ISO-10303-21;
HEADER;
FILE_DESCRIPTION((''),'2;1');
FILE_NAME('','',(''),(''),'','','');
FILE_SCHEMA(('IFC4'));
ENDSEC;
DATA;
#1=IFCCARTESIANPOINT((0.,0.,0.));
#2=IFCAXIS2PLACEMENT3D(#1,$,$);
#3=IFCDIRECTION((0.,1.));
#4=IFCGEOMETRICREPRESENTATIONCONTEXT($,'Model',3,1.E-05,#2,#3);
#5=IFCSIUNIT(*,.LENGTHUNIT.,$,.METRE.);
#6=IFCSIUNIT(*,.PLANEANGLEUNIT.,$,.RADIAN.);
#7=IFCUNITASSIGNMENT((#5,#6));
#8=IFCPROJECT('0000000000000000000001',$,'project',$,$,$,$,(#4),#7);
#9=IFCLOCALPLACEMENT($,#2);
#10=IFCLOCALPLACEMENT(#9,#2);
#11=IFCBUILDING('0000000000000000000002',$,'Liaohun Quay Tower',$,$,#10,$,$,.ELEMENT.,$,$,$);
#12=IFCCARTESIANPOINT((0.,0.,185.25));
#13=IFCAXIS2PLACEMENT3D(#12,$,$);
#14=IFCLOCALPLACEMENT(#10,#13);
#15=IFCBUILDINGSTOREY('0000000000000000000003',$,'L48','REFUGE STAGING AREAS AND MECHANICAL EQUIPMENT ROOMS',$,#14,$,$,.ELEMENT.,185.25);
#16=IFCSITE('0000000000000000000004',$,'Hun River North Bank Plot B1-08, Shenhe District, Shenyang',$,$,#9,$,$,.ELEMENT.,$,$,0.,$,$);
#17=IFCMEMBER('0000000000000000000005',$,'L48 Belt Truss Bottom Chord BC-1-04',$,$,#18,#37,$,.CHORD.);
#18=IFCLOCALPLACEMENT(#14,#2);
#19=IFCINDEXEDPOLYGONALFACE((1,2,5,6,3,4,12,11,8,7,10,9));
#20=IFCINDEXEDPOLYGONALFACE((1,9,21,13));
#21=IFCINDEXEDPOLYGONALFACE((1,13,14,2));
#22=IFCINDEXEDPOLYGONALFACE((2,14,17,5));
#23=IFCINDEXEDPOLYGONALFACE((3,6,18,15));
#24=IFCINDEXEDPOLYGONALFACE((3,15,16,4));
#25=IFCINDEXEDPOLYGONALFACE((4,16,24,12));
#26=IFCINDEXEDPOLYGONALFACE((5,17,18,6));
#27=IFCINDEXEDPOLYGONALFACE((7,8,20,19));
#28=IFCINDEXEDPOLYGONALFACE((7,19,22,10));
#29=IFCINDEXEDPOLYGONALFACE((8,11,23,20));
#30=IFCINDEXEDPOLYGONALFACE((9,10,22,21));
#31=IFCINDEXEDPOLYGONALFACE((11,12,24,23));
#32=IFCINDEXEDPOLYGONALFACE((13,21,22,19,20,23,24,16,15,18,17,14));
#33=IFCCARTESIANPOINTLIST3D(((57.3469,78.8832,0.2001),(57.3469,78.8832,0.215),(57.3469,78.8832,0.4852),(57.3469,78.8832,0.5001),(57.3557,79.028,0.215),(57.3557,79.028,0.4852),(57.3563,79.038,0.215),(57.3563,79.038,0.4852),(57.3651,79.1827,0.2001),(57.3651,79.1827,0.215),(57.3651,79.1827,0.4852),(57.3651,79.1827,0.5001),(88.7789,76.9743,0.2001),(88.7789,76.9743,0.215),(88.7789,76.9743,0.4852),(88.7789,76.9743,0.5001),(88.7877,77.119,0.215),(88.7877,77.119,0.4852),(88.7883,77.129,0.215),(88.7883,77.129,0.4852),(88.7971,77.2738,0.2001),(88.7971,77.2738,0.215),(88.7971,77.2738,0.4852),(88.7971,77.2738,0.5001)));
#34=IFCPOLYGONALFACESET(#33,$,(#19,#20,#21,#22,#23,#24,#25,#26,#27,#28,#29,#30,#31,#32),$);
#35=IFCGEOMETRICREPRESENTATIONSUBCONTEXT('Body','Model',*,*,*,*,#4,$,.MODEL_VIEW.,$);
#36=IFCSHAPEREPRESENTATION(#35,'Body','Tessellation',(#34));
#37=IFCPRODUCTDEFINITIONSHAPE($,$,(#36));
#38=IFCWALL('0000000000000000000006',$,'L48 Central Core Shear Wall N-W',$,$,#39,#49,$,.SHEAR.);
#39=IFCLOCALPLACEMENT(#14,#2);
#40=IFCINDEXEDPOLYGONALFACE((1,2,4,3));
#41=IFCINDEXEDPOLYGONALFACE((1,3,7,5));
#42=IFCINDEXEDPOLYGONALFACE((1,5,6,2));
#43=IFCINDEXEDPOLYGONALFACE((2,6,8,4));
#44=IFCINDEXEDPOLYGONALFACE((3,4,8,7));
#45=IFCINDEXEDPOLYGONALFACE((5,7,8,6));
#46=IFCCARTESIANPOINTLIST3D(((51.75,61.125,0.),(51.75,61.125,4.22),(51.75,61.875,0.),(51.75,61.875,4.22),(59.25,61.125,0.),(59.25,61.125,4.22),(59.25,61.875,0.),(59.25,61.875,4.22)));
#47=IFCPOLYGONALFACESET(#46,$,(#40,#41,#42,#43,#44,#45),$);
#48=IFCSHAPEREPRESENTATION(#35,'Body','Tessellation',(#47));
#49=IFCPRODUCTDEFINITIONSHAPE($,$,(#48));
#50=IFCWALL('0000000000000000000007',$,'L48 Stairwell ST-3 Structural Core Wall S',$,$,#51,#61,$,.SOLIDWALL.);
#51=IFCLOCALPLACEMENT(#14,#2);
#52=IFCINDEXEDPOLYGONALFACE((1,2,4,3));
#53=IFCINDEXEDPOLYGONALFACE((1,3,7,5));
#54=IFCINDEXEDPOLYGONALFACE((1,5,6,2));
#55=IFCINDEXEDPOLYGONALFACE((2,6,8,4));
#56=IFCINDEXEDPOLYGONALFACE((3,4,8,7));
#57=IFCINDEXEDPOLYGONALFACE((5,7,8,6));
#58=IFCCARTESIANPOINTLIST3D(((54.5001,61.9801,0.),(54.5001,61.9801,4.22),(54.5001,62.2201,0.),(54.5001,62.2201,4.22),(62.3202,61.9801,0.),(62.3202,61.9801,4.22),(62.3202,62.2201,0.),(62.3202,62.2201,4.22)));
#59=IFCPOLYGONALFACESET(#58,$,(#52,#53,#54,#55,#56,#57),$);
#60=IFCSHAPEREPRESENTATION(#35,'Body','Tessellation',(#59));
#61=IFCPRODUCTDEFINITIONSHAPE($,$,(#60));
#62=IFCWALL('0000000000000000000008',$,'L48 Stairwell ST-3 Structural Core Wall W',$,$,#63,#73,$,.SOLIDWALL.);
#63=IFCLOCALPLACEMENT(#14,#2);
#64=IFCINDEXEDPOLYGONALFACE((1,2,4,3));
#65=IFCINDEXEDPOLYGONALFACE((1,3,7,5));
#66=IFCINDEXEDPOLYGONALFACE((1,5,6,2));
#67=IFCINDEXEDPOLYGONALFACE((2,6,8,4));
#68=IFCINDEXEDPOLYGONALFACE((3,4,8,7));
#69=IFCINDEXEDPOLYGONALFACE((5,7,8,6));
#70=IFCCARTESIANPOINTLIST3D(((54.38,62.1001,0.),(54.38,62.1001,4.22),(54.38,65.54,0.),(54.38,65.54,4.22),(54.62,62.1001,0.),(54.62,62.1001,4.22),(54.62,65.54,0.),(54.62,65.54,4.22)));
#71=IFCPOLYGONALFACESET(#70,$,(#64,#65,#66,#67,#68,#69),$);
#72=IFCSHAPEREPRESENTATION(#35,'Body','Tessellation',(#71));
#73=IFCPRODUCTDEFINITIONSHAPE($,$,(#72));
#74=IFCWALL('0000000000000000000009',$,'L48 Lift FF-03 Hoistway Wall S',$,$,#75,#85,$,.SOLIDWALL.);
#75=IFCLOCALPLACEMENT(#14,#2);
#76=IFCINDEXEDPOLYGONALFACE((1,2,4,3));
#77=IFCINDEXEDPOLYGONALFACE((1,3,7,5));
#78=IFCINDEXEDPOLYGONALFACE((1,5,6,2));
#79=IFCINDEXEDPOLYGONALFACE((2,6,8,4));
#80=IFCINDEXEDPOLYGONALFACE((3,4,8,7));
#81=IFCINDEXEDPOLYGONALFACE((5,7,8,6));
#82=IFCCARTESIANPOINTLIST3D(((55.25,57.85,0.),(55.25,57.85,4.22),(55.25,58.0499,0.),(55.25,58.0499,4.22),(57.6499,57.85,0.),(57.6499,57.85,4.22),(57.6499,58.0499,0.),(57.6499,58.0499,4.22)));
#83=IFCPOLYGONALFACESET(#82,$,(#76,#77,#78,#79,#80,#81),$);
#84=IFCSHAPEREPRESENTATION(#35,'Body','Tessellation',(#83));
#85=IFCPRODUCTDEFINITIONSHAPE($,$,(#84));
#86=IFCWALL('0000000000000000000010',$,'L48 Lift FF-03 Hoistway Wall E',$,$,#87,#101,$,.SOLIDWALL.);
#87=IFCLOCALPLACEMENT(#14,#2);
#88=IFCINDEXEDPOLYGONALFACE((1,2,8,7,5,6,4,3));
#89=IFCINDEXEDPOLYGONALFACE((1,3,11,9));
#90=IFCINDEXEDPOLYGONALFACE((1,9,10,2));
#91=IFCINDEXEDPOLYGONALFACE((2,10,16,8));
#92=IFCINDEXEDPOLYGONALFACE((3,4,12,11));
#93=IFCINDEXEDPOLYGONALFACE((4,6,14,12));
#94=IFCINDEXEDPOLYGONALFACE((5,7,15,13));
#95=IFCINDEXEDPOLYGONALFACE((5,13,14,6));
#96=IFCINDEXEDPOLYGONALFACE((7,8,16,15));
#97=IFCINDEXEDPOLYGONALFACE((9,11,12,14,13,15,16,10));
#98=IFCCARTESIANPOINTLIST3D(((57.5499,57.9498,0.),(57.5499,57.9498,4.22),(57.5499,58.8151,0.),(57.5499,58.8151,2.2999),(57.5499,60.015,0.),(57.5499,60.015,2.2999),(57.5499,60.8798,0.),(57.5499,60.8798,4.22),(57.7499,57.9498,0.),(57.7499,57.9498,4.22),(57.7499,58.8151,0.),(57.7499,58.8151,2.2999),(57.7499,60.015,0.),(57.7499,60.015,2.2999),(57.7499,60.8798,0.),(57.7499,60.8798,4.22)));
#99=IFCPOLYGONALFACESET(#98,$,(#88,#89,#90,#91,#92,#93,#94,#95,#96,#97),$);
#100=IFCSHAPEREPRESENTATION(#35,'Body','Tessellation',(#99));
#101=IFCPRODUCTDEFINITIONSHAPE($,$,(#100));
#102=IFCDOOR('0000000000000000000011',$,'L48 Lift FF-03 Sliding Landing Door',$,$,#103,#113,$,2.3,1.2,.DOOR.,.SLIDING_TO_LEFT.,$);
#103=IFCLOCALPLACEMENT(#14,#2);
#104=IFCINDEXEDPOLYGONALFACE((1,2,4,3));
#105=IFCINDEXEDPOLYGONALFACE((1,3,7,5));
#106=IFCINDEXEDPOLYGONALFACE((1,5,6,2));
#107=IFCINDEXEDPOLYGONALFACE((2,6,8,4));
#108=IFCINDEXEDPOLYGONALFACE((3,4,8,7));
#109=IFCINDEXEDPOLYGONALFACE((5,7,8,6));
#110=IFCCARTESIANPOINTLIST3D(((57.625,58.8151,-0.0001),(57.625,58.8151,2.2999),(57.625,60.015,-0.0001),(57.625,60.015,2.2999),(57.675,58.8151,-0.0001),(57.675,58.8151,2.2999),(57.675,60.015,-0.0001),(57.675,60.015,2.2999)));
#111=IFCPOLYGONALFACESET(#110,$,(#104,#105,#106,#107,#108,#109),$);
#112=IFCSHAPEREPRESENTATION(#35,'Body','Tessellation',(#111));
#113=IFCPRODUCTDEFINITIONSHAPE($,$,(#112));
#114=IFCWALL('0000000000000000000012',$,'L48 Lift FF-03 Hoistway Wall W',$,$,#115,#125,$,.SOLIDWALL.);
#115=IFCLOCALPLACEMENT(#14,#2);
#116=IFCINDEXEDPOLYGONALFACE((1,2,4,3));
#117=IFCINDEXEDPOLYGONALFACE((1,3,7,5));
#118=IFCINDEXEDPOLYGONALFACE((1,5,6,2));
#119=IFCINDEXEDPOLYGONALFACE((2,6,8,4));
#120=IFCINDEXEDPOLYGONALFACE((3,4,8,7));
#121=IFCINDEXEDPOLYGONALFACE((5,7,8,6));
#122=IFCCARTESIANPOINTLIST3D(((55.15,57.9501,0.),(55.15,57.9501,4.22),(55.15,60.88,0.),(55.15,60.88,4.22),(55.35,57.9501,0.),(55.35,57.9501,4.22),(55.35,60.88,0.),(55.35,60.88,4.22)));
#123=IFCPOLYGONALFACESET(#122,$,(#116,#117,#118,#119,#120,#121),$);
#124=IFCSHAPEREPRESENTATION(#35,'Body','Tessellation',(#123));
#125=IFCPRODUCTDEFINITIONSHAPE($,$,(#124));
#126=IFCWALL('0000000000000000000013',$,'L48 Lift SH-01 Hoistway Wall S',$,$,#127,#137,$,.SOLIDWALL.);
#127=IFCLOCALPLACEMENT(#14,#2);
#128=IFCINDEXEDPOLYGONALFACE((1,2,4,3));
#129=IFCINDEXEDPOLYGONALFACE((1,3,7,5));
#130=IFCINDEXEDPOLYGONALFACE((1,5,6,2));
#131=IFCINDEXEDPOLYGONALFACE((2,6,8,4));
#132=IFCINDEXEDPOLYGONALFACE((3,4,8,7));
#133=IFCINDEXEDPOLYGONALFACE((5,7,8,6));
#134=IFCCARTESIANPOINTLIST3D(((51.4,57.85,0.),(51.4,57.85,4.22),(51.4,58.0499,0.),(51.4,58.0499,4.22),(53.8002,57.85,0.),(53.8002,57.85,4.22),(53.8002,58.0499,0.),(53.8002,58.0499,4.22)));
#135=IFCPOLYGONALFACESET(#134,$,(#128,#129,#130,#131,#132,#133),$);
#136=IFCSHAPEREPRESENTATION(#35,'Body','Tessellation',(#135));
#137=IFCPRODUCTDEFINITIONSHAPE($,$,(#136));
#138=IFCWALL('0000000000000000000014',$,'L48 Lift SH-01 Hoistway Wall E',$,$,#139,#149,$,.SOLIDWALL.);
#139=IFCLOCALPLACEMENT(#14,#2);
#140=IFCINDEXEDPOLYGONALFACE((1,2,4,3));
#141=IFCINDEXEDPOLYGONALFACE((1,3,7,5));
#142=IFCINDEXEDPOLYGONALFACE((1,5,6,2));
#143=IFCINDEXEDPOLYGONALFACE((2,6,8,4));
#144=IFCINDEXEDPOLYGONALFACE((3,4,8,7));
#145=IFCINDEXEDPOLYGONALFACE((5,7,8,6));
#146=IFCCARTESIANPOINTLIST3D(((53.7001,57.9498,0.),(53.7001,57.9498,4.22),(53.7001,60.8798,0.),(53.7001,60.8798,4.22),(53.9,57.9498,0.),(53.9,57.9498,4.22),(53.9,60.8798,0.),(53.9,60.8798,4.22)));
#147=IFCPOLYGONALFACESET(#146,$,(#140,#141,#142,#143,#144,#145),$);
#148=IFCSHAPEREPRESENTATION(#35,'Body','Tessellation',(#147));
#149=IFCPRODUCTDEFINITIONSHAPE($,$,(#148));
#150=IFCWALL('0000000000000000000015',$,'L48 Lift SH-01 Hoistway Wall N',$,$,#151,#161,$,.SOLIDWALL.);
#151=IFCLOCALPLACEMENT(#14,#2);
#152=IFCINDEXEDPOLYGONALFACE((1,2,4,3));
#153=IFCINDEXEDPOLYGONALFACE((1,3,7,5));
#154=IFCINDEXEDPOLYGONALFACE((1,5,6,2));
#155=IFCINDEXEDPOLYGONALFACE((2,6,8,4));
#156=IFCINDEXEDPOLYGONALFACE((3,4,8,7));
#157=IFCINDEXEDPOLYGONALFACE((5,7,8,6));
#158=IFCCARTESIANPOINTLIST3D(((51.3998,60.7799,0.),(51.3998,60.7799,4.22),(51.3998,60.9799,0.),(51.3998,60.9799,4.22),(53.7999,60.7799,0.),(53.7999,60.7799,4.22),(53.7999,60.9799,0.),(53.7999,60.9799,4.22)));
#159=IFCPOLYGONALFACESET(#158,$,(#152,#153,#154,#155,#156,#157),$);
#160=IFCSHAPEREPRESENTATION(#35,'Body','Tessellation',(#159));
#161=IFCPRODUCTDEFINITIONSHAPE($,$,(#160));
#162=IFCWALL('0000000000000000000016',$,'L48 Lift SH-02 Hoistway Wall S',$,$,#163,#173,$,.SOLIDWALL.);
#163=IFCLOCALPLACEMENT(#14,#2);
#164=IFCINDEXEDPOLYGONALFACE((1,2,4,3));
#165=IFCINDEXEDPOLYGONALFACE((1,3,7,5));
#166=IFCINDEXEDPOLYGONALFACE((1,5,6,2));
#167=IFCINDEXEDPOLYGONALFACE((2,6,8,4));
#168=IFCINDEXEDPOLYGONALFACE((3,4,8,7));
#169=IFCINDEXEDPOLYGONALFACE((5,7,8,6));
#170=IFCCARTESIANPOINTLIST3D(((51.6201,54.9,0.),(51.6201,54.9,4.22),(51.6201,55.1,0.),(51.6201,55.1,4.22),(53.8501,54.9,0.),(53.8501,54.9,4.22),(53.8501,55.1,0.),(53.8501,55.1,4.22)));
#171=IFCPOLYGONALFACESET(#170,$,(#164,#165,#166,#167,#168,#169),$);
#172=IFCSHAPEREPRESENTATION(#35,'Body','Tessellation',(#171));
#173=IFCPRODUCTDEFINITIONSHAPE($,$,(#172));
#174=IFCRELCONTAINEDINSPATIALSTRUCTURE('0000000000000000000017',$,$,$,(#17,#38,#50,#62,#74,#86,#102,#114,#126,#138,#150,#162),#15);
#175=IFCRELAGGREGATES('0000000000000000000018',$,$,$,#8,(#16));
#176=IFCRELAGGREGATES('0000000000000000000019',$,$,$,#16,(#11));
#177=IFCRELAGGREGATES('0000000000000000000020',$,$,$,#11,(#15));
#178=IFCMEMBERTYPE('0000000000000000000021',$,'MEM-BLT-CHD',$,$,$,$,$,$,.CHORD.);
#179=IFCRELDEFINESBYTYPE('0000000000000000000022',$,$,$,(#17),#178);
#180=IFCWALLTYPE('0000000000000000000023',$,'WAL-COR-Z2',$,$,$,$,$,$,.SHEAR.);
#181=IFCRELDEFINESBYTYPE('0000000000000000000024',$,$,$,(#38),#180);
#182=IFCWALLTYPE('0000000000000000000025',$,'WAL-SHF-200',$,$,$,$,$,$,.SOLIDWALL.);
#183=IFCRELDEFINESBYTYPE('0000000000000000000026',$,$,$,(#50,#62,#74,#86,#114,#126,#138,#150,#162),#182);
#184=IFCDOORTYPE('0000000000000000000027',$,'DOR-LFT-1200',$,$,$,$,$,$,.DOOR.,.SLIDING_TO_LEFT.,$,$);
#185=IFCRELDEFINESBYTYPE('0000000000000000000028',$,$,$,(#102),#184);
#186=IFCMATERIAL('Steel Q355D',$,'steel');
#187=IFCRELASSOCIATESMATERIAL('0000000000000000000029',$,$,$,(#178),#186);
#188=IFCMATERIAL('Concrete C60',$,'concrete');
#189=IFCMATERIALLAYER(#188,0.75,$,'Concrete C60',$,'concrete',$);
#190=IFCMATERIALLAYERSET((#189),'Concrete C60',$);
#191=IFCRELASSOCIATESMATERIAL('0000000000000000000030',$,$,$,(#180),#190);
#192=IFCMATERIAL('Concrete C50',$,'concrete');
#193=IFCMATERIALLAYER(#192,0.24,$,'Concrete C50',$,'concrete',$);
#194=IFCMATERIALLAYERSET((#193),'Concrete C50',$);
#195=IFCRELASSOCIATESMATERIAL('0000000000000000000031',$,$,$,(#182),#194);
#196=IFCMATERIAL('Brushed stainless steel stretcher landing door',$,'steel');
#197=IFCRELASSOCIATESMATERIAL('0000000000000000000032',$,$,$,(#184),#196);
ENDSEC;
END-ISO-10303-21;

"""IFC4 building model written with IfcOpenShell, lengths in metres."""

from ifc_helpers import new_model, si_unit, direction, frame, frame_2d, origin, origin_2d, place, context, subcontext, project, spatial, rectangle, i_section, extrude, source, transform, mapped, material, layer, layer_set, material_profile, profile_set, type_object, element, fill, save


model = new_model("IFC4")

# Units and contexts
model_context = context("Model", 3, precision=1e-05, world=origin(), true_north=direction((0.0, 1.0)))
body_context = subcontext(model_context, "Body", "Model", "MODEL_VIEW")
ifc_project = project(units=[si_unit("LENGTHUNIT", "METRE"), si_unit("PLANEANGLEUNIT", "RADIAN")], contexts=[model_context])

# Site, building, storey
site_placement = place(None, origin())
site = spatial("IfcSite", under=ifc_project, at=site_placement, Name="Hun River North Bank Plot B1-08, Shenhe District, Shenyang", CompositionType="ELEMENT", RefElevation=0.0)
building_placement = place(site_placement, origin())
building = spatial("IfcBuilding", under=site, at=building_placement, Name="Liaohun Quay Tower", CompositionType="ELEMENT")
storey_placement = place(building_placement, frame((0.0, 0.0, 185.25)))
storey = spatial("IfcBuildingStorey", under=building, at=storey_placement, Name="L48", Description="REFUGE STAGING AREAS AND MECHANICAL EQUIPMENT ROOMS", CompositionType="ELEMENT", Elevation=185.25)

# Shared definitions
ifc_material_1 = material(Name="Concrete C60", Category="concrete")

# Shared definitions
ifc_material_2 = material(Name="Steel Q355D", Category="steel")

# Member
ifc_material_profile_1 = material_profile(ifc_material_2, i_section(OverallWidth=0.3, OverallDepth=0.3, WebThickness=0.01, FlangeThickness=0.0149, at=origin_2d()), Name="HW300x300x10x15")
ifc_profile_set_1 = profile_set([ifc_material_profile_1], Name="Steel Q355D")
member_type_1 = type_object("IfcMemberType", Name="MEM-BLT-CHD", PredefinedType="CHORD", material=ifc_profile_set_1)
shared_shape_1 = source(origin(), body_context, "Body", "SweptSolid", [
    extrude(i_section(OverallWidth=0.3, OverallDepth=0.3, WebThickness=0.01, FlangeThickness=0.0149, at=origin_2d()), origin(), (0.0, 0.0, 1.0), 31.49),
])
member_1_placement = place(storey_placement, frame((57.356, 79.033, 0.3501), z_axis=(0.998161, -0.06062, 0.0), x_axis=(0.06062, 0.998161, 0.0)))
element("IfcMember", 1, at=member_1_placement, inside=storey, type_object=member_type_1, Name="L48 Belt Truss Bottom Chord BC-1-04", PredefinedType="CHORD", context=body_context, shape_type="MappedRepresentation", body=[
    mapped(shared_shape_1, transform((0.0, 0.0, 0.0), x_axis=(1.0, 0.0, 0.0), y_axis=(0.0, 1.0, 0.0), z_axis=(0.0, 0.0, 1.0), scale=1.0)),
])

# Walls
ifc_layer_1 = layer(ifc_material_1, 0.75, Name="Concrete C60", Category="concrete")
ifc_layer_set_1 = layer_set([ifc_layer_1], Name="Concrete C60")
wall_type_1 = type_object("IfcWallType", Name="WAL-COR-Z2", PredefinedType="SHEAR", material=ifc_layer_set_1)
wall_1_placement = place(storey_placement, frame((51.75, 61.5, 0.0), z_axis=(0.0, 0.0, 1.0), x_axis=(1.0, 0.0, 0.0)))
element("IfcWall", 2, at=wall_1_placement, inside=storey, type_object=wall_type_1, Name="L48 Central Core Shear Wall N-W", PredefinedType="SHEAR", context=body_context, shape_type="SweptSolid", body=[
    extrude(rectangle(XDim=7.5, YDim=0.75, at=frame_2d((3.75, 0.0))), origin(), (0.0, 0.0, 1.0), 4.22),
])
ifc_material_3 = material(Name="Concrete C50", Category="concrete")
ifc_layer_2 = layer(ifc_material_3, 0.24, Name="Concrete C50", Category="concrete")
ifc_layer_set_2 = layer_set([ifc_layer_2], Name="Concrete C50")
wall_type_2 = type_object("IfcWallType", Name="WAL-SHF-200", PredefinedType="SOLIDWALL", material=ifc_layer_set_2)
wall_2_placement = place(storey_placement, frame((54.5, 62.1001, 0.0), z_axis=(0.0, 0.0, 1.0), x_axis=(1.0, 0.0, 0.0)))
element("IfcWall", 3, at=wall_2_placement, inside=storey, type_object=wall_type_2, Name="L48 Stairwell ST-3 Structural Core Wall S", PredefinedType="SOLIDWALL", context=body_context, shape_type="SweptSolid", body=[
    extrude(rectangle(XDim=7.8201, YDim=0.24, at=frame_2d((3.9102, 0.0))), origin(), (0.0, 0.0, 1.0), 4.22),
])
wall_3_placement = place(storey_placement, frame((54.5, 65.54, 0.0), z_axis=(0.0, 0.0, 1.0), x_axis=(0.0, -1.0, 0.0)))
element("IfcWall", 4, at=wall_3_placement, inside=storey, type_object=wall_type_2, Name="L48 Stairwell ST-3 Structural Core Wall W", PredefinedType="SOLIDWALL", context=body_context, shape_type="SweptSolid", body=[
    extrude(rectangle(XDim=3.4399, YDim=0.24, at=frame_2d((1.72, 0.0))), origin(), (0.0, 0.0, 1.0), 4.22),
])
wall_4_placement = place(storey_placement, frame((55.25, 57.95, 0.0), z_axis=(0.0, 0.0, 1.0), x_axis=(1.0, 0.0, 0.0)))
element("IfcWall", 5, at=wall_4_placement, inside=storey, type_object=wall_type_2, Name="L48 Lift FF-03 Hoistway Wall S", PredefinedType="SOLIDWALL", context=body_context, shape_type="SweptSolid", body=[
    extrude(rectangle(XDim=2.3999, YDim=0.2, at=frame_2d((1.2, 0.0))), origin(), (0.0, 0.0, 1.0), 4.22),
])

# Wall, opening, door
wall_5_placement = place(storey_placement, frame((57.6499, 57.95, 0.0), z_axis=(0.0, 0.0, 1.0), x_axis=(0.0, 1.0, 0.0)))
wall_5 = element("IfcWall", 6, at=wall_5_placement, inside=storey, type_object=wall_type_2, Name="L48 Lift FF-03 Hoistway Wall E", PredefinedType="SOLIDWALL", context=body_context, shape_type="SweptSolid", body=[
    extrude(rectangle(XDim=2.9299, YDim=0.2, at=frame_2d((1.4648, 0.0))), origin(), (0.0, 0.0, 1.0), 4.22),
])
shared_shape_2 = source(origin(), body_context, "Body", "SweptSolid", [
    extrude(rectangle(XDim=1.2, YDim=2.3, at=frame_2d((0.6001, 1.1499))), frame((0.0, 0.1099, 0.0), z_axis=(0.0, -1.0, 0.0), x_axis=(1.0, 0.0, 0.0)), (0.0, 0.0, 1.0), 0.22),
])
opening_1_placement = place(wall_5_placement, frame((0.865, 0.0, 0.0)))
opening_1 = element("IfcOpeningElement", 7, at=opening_1_placement, cuts=wall_5, PredefinedType="OPENING", context=body_context, shape_type="MappedRepresentation", body=[
    mapped(shared_shape_2, transform((0.0, 0.0, 0.0), x_axis=(1.0, 0.0, 0.0), y_axis=(0.0, 1.0, 0.0), z_axis=(0.0, 0.0, 1.0), scale=1.0)),
])
ifc_material_4 = material(Name="Brushed stainless steel stretcher landing door", Category="steel")
door_type_1 = type_object("IfcDoorType", Name="DOR-LFT-1200", OperationType="SLIDING_TO_LEFT", PredefinedType="DOOR", material=ifc_material_4)
shared_shape_3 = source(origin(), body_context, "Body", "SweptSolid", [
    extrude(rectangle(XDim=1.2, YDim=2.3, at=frame_2d((0.6001, 1.1499))), frame((0.0, 0.0249, 0.0), z_axis=(0.0, -1.0, 0.0), x_axis=(1.0, 0.0, 0.0)), (0.0, 0.0, 1.0), 0.05),
])
door_1_placement = place(opening_1_placement, origin())
door_1 = element("IfcDoor", 8, at=door_1_placement, inside=storey, type_object=door_type_1, Name="L48 Lift FF-03 Sliding Landing Door", OperationType="SLIDING_TO_LEFT", OverallHeight=2.3, OverallWidth=1.2, PredefinedType="DOOR", context=body_context, shape_type="MappedRepresentation", body=[
    mapped(shared_shape_3, transform((0.0, 0.0, 0.0), x_axis=(1.0, 0.0, 0.0), y_axis=(0.0, 1.0, 0.0), z_axis=(0.0, 0.0, 1.0), scale=1.0)),
])
fill(opening_1, door_1)

# Walls
wall_6_placement = place(storey_placement, frame((55.25, 60.8799, 0.0), z_axis=(0.0, 0.0, 1.0), x_axis=(0.0, -1.0, 0.0)))
element("IfcWall", 9, at=wall_6_placement, inside=storey, type_object=wall_type_2, Name="L48 Lift FF-03 Hoistway Wall W", PredefinedType="SOLIDWALL", context=body_context, shape_type="SweptSolid", body=[
    extrude(rectangle(XDim=2.9299, YDim=0.2, at=frame_2d((1.4648, 0.0))), origin(), (0.0, 0.0, 1.0), 4.22),
])
wall_7_placement = place(storey_placement, frame((51.3999, 57.95, 0.0), z_axis=(0.0, 0.0, 1.0), x_axis=(1.0, 0.0, 0.0)))
element("IfcWall", 10, at=wall_7_placement, inside=storey, type_object=wall_type_2, Name="L48 Lift SH-01 Hoistway Wall S", PredefinedType="SOLIDWALL", context=body_context, shape_type="SweptSolid", body=[
    extrude(rectangle(XDim=2.4001, YDim=0.2, at=frame_2d((1.2002, 0.0))), origin(), (0.0, 0.0, 1.0), 4.22),
])
wall_8_placement = place(storey_placement, frame((53.8, 57.95, 0.0), z_axis=(0.0, 0.0, 1.0), x_axis=(0.0, 1.0, 0.0)))
element("IfcWall", 11, at=wall_8_placement, inside=storey, type_object=wall_type_2, Name="L48 Lift SH-01 Hoistway Wall E", PredefinedType="SOLIDWALL", context=body_context, shape_type="SweptSolid", body=[
    extrude(rectangle(XDim=2.9299, YDim=0.2, at=frame_2d((1.4648, 0.0))), origin(), (0.0, 0.0, 1.0), 4.22),
])
wall_9_placement = place(storey_placement, frame((53.8, 60.8799, 0.0), z_axis=(0.0, 0.0, 1.0), x_axis=(-1.0, 0.0, 0.0)))
element("IfcWall", 12, at=wall_9_placement, inside=storey, type_object=wall_type_2, Name="L48 Lift SH-01 Hoistway Wall N", PredefinedType="SOLIDWALL", context=body_context, shape_type="SweptSolid", body=[
    extrude(rectangle(XDim=2.4001, YDim=0.2, at=frame_2d((1.2002, 0.0))), origin(), (0.0, 0.0, 1.0), 4.22),
])
wall_10_placement = place(storey_placement, frame((51.6201, 55.0, 0.0), z_axis=(0.0, 0.0, 1.0), x_axis=(1.0, 0.0, 0.0)))
element("IfcWall", 13, at=wall_10_placement, inside=storey, type_object=wall_type_2, Name="L48 Lift SH-02 Hoistway Wall S", PredefinedType="SOLIDWALL", context=body_context, shape_type="SweptSolid", body=[
    extrude(rectangle(XDim=2.23, YDim=0.2, at=frame_2d((1.115, 0.0))), origin(), (0.0, 0.0, 1.0), 4.22),
])

save(model, "model.ifc")
